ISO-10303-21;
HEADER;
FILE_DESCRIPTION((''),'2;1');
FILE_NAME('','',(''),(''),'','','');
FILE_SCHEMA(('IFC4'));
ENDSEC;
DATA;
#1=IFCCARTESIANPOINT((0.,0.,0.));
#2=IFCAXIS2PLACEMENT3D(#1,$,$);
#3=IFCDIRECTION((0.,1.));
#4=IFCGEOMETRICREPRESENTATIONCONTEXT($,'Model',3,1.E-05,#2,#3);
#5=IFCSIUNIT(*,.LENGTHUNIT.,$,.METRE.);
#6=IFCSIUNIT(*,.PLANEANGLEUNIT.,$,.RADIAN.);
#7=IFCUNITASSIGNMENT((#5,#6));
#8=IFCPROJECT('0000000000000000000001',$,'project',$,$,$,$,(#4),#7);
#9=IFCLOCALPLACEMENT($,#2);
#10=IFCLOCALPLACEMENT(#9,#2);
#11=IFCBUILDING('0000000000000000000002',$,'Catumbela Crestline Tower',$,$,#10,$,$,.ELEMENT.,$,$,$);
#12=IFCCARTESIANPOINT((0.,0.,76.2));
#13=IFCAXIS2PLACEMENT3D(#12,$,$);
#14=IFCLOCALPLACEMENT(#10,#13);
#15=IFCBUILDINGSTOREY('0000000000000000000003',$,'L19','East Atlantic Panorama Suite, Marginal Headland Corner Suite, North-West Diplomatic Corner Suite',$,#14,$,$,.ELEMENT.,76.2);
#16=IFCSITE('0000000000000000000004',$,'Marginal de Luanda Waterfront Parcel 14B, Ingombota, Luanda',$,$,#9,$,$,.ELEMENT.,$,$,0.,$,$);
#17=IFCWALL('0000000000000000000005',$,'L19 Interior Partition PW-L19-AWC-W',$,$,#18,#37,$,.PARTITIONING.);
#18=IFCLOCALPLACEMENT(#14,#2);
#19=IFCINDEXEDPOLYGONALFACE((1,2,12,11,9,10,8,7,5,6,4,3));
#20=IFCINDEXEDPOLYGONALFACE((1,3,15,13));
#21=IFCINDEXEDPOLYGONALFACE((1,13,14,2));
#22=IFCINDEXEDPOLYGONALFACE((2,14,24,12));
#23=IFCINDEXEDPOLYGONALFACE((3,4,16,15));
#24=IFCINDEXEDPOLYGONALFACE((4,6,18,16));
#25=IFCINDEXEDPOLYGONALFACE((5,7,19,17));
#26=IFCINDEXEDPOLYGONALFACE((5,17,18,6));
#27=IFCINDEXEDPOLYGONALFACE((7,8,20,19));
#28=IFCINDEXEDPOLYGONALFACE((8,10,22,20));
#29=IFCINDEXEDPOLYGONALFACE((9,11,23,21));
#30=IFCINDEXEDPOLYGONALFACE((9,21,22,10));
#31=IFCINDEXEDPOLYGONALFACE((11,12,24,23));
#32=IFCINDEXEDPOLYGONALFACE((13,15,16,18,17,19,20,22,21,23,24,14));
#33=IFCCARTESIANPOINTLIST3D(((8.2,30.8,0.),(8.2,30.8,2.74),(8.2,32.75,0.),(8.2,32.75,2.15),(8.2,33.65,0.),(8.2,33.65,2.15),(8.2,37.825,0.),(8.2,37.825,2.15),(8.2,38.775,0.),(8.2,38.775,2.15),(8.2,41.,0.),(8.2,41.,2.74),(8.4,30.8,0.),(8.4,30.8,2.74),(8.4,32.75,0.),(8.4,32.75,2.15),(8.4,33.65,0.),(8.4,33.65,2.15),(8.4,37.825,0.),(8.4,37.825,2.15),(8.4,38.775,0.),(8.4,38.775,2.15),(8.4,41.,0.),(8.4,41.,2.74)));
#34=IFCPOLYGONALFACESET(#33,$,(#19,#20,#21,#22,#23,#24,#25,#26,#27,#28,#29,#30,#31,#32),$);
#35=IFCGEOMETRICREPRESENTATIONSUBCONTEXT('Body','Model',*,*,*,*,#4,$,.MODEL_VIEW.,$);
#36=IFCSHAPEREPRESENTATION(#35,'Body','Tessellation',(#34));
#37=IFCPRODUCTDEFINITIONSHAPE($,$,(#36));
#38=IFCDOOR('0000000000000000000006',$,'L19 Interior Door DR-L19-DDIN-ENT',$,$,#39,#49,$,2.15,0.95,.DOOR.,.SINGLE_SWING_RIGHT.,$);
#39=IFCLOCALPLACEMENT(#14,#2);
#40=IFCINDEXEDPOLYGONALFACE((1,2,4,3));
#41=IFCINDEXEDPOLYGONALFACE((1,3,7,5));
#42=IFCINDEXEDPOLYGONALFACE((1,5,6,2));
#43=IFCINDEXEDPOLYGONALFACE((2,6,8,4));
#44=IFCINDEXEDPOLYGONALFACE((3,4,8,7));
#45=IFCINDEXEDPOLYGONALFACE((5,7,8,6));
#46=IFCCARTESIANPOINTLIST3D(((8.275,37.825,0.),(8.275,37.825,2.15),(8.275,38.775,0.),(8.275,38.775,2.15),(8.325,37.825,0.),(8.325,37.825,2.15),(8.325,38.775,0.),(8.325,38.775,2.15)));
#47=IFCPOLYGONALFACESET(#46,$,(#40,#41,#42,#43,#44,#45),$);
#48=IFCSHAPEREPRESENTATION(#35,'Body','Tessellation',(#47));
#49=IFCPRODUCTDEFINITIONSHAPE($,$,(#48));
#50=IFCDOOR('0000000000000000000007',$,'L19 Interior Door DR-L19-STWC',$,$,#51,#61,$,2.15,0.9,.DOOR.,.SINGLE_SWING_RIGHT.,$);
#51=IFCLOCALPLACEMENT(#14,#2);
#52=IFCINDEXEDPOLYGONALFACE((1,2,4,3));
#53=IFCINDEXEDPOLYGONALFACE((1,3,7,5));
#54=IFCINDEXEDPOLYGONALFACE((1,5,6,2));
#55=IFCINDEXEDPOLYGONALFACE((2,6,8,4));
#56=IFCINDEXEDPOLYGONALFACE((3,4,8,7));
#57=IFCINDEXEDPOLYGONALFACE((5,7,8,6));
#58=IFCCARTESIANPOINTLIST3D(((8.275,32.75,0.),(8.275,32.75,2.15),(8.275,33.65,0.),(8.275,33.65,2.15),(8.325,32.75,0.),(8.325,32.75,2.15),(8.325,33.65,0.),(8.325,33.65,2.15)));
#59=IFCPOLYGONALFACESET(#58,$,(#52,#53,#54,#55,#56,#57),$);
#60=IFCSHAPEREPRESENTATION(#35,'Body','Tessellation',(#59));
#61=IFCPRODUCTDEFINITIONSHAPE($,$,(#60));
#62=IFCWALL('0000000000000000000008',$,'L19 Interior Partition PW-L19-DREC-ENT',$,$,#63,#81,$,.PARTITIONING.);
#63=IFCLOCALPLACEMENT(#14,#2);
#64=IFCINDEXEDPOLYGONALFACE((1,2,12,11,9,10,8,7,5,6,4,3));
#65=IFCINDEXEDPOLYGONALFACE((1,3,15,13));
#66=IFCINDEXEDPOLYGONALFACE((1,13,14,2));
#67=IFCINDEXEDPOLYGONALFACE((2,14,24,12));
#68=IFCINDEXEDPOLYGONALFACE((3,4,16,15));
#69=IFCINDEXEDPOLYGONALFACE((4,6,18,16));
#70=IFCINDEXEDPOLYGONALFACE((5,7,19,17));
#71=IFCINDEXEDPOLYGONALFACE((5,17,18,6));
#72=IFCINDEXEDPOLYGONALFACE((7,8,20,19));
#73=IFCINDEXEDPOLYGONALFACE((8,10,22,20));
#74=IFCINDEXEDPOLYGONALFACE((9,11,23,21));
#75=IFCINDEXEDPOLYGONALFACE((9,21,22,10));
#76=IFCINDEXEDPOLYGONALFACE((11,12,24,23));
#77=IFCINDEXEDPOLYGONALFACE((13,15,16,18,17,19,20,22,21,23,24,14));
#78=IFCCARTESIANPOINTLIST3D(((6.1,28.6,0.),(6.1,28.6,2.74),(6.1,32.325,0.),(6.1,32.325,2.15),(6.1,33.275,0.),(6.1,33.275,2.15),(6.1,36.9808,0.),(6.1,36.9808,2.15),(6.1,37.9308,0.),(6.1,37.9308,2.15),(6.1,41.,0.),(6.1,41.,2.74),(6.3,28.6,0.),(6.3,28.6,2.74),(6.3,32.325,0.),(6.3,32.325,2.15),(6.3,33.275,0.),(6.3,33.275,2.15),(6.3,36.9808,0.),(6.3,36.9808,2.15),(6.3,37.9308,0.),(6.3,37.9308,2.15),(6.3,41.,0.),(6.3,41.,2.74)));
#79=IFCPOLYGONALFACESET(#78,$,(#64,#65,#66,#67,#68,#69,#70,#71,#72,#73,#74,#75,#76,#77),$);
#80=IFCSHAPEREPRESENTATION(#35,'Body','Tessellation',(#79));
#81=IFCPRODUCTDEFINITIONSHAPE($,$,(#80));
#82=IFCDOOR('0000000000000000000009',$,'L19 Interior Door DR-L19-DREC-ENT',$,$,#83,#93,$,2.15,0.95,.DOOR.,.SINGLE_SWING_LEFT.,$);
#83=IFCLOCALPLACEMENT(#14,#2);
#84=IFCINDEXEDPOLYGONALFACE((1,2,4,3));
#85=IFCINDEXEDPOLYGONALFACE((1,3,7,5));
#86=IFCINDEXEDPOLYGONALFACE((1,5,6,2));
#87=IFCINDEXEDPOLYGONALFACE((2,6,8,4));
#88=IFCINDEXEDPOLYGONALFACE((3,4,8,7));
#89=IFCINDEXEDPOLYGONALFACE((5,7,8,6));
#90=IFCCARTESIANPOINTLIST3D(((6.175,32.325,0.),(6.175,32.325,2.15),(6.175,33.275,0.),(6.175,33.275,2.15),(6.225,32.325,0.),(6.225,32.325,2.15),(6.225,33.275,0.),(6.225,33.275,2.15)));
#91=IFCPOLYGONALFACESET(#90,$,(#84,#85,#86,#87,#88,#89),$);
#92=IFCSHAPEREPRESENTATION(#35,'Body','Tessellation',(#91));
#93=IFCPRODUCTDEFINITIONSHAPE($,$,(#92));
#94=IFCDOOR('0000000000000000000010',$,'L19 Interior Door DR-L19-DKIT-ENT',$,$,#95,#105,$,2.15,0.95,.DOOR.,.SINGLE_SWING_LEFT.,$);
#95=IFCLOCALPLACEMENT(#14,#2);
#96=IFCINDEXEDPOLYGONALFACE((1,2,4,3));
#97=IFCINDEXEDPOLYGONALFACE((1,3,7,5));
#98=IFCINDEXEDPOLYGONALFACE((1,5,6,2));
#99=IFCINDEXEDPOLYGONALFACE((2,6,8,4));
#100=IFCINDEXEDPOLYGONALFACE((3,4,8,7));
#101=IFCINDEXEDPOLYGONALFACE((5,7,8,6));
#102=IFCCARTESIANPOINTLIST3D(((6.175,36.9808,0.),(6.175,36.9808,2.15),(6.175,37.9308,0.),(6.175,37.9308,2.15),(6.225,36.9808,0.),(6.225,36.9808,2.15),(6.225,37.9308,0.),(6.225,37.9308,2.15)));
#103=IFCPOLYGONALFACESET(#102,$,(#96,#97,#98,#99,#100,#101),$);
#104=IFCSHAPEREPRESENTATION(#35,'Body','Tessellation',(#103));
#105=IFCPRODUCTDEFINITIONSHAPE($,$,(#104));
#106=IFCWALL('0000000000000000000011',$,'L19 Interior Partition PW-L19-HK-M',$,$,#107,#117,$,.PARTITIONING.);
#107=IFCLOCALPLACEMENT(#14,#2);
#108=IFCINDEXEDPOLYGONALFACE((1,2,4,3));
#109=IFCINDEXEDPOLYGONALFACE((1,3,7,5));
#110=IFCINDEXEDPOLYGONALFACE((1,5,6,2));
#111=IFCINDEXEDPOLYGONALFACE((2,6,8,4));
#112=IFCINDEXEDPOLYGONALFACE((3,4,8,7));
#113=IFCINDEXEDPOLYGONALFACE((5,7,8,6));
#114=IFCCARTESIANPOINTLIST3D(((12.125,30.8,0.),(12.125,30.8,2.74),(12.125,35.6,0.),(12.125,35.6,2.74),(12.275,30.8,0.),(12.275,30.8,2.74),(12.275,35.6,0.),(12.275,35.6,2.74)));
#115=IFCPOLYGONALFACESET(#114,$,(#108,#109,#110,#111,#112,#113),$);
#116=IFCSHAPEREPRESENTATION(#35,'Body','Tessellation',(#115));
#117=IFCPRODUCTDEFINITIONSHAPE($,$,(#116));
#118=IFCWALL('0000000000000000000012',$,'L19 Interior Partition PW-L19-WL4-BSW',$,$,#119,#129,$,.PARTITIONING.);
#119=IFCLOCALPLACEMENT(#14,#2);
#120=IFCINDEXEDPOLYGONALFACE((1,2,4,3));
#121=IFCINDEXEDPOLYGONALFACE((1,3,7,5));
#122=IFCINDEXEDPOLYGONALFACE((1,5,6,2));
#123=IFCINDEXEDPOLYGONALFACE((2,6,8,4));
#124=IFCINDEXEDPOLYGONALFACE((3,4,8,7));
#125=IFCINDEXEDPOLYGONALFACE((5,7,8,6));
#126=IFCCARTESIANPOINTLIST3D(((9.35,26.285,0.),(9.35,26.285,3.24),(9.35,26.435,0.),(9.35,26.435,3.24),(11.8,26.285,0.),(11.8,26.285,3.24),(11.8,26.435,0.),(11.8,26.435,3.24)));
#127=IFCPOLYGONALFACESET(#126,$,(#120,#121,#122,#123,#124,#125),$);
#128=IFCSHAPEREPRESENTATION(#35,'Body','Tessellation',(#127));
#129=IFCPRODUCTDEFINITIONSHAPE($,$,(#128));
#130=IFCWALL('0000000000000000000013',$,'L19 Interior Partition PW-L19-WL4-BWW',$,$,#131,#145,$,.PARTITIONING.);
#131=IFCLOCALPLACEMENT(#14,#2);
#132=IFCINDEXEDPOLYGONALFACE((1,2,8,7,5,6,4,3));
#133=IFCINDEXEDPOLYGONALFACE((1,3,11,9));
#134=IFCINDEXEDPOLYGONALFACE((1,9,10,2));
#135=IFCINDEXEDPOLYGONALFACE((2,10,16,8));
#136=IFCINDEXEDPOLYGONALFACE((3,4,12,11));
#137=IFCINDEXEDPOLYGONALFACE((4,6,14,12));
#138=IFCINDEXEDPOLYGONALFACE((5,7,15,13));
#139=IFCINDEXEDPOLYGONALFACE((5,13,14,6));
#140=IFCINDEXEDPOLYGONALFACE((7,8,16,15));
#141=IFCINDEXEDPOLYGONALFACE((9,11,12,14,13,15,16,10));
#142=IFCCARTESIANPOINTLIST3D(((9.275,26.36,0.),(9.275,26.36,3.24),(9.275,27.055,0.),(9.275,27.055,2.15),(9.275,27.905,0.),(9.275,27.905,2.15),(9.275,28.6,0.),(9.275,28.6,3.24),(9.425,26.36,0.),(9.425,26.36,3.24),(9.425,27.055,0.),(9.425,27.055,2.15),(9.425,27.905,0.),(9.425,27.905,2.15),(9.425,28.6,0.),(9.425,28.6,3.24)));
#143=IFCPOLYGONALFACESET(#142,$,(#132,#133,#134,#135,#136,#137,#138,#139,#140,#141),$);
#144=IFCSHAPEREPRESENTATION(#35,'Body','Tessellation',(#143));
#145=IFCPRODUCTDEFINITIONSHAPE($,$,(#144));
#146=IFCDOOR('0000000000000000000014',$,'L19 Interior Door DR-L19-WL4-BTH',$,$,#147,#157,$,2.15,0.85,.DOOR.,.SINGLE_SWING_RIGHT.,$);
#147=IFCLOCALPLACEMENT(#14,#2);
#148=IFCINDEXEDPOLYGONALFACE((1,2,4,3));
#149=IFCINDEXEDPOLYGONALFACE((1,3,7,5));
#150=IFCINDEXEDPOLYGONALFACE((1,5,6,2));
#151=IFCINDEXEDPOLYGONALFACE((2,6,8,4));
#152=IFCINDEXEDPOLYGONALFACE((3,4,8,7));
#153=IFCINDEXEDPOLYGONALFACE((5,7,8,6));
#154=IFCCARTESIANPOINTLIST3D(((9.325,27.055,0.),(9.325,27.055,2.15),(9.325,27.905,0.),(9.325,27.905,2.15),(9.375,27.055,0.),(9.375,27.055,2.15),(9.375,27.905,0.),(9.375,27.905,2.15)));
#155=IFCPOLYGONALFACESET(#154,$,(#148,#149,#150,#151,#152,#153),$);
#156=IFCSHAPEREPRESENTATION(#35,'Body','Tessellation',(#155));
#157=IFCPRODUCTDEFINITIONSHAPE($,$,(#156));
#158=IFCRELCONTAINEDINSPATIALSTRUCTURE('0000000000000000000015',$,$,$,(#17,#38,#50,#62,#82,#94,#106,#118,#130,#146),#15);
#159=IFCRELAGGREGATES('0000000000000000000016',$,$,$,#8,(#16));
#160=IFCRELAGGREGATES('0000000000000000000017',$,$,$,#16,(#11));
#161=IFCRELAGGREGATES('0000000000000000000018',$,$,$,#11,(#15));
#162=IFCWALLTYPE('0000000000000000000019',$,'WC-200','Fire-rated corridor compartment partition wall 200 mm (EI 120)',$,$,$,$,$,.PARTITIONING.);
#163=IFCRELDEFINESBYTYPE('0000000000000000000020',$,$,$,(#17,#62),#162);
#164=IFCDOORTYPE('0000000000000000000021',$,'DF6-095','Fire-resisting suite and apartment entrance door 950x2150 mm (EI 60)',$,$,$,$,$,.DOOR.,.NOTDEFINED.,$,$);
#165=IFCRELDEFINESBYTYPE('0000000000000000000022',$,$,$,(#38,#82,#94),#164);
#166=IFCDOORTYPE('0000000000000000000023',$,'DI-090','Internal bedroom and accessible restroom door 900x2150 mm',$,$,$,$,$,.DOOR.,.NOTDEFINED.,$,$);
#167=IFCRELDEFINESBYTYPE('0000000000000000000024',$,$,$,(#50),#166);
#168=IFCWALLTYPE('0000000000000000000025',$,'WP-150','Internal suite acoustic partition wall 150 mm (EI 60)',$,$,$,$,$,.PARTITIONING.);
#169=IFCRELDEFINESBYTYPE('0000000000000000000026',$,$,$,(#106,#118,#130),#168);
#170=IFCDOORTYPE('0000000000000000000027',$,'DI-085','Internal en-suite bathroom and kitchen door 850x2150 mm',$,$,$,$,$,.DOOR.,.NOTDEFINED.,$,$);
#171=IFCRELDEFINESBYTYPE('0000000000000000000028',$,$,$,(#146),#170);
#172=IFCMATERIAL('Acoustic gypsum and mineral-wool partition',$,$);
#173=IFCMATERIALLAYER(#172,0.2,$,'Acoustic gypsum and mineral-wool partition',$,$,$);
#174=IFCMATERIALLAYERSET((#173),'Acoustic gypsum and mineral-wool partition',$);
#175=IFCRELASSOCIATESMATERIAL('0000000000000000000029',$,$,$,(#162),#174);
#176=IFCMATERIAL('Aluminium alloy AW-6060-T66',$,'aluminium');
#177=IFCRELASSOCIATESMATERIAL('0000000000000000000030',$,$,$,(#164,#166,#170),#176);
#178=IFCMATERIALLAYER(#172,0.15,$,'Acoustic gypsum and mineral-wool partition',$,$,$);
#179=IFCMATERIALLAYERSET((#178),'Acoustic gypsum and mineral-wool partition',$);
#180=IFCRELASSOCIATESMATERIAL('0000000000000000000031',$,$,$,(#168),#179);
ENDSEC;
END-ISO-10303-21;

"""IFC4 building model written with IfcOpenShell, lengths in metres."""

from ifc_helpers import new_model, si_unit, direction, frame, frame_2d, origin, place, context, subcontext, project, spatial, rectangle, extrude, material, layer, layer_set, type_object, element, fill, save


model = new_model("IFC4")

# Units and contexts
model_context = context("Model", 3, precision=1e-05, world=origin(), true_north=direction((0.0, 1.0)))
body_context = subcontext(model_context, "Body", "Model", "MODEL_VIEW")
ifc_project = project(units=[si_unit("LENGTHUNIT", "METRE"), si_unit("PLANEANGLEUNIT", "RADIAN")], contexts=[model_context])

# Site, building, storey
site_placement = place(None, origin())
site = spatial("IfcSite", under=ifc_project, at=site_placement, Name="Marginal de Luanda Waterfront Parcel 14B, Ingombota, Luanda", CompositionType="ELEMENT", RefElevation=0.0)
building_placement = place(site_placement, origin())
building = spatial("IfcBuilding", under=site, at=building_placement, Name="Catumbela Crestline Tower", CompositionType="ELEMENT")
storey_placement = place(building_placement, frame((0.0, 0.0, 76.2)))
storey = spatial("IfcBuildingStorey", under=building, at=storey_placement, Name="L19", Description="East Atlantic Panorama Suite, Marginal Headland Corner Suite, North-West Diplomatic Corner Suite", CompositionType="ELEMENT", Elevation=76.2)

# Shared definitions
ifc_material_1 = material(Name="Acoustic gypsum and mineral-wool partition")
ifc_layer_1 = layer(ifc_material_1, 0.2, Name="Acoustic gypsum and mineral-wool partition")
ifc_layer_set_1 = layer_set([ifc_layer_1], Name="Acoustic gypsum and mineral-wool partition")
wall_type_1 = type_object("IfcWallType", Name="WC-200", Description="Fire-rated corridor compartment partition wall 200 mm (EI 120)", PredefinedType="PARTITIONING", material=ifc_layer_set_1)
ifc_material_2 = material(Name="Aluminium alloy AW-6060-T66", Category="aluminium")
door_type_1 = type_object("IfcDoorType", Name="DF6-095", Description="Fire-resisting suite and apartment entrance door 950x2150 mm (EI 60)", OperationType="NOTDEFINED", PredefinedType="DOOR", material=ifc_material_2)

# Walls, openings, doors
wall_1_placement = place(storey_placement, frame((8.3, 30.8, 0.0), z_axis=(0.0, 0.0, 1.0), x_axis=(0.0, 1.0, 0.0)))
wall_1 = element("IfcWall", 1, at=wall_1_placement, inside=storey, type_object=wall_type_1, Name="L19 Interior Partition PW-L19-AWC-W", PredefinedType="PARTITIONING", context=body_context, shape_type="SweptSolid", body=[
    extrude(rectangle(XDim=10.2, YDim=0.2, at=frame_2d((5.1, 0.0))), origin(), (0.0, 0.0, 1.0), 2.74),
])
opening_1_placement = place(wall_1_placement, frame((1.95, 0.0, 0.0)))
opening_1 = element("IfcOpeningElement", 2, at=opening_1_placement, cuts=wall_1, PredefinedType="OPENING", context=body_context, shape_type="SweptSolid", body=[
    extrude(rectangle(XDim=0.9, YDim=2.15, at=frame_2d((0.45, 1.075))), frame((0.0, 0.11, 0.0), z_axis=(0.0, -1.0, 0.0), x_axis=(1.0, 0.0, 0.0)), (0.0, 0.0, 1.0), 0.22),
])
opening_2_placement = place(wall_1_placement, frame((7.025, 0.0, 0.0)))
opening_2 = element("IfcOpeningElement", 3, at=opening_2_placement, cuts=wall_1, PredefinedType="OPENING", context=body_context, shape_type="SweptSolid", body=[
    extrude(rectangle(XDim=0.95, YDim=2.15, at=frame_2d((0.475, 1.075))), frame((0.0, 0.11, 0.0), z_axis=(0.0, -1.0, 0.0), x_axis=(1.0, 0.0, 0.0)), (0.0, 0.0, 1.0), 0.22),
])
door_1_placement = place(opening_2_placement, origin())
door_1 = element("IfcDoor", 4, at=door_1_placement, inside=storey, type_object=door_type_1, Name="L19 Interior Door DR-L19-DDIN-ENT", OperationType="SINGLE_SWING_RIGHT", OverallHeight=2.15, OverallWidth=0.95, PredefinedType="DOOR", context=body_context, shape_type="SweptSolid", body=[
    extrude(rectangle(XDim=0.95, YDim=2.15, at=frame_2d((0.475, 1.075))), frame((0.0, 0.025, 0.0), z_axis=(0.0, -1.0, 0.0), x_axis=(1.0, 0.0, 0.0)), (0.0, 0.0, 1.0), 0.05),
])
fill(opening_2, door_1)
door_type_2 = type_object("IfcDoorType", Name="DI-090", Description="Internal bedroom and accessible restroom door 900x2150 mm", OperationType="NOTDEFINED", PredefinedType="DOOR", material=ifc_material_2)
door_2_placement = place(opening_1_placement, origin())
door_2 = element("IfcDoor", 5, at=door_2_placement, inside=storey, type_object=door_type_2, Name="L19 Interior Door DR-L19-STWC", OperationType="SINGLE_SWING_RIGHT", OverallHeight=2.15, OverallWidth=0.9, PredefinedType="DOOR", context=body_context, shape_type="SweptSolid", body=[
    extrude(rectangle(XDim=0.9, YDim=2.15, at=frame_2d((0.45, 1.075))), frame((0.0, 0.025, 0.0), z_axis=(0.0, -1.0, 0.0), x_axis=(1.0, 0.0, 0.0)), (0.0, 0.0, 1.0), 0.05),
])
fill(opening_1, door_2)
wall_2_placement = place(storey_placement, frame((6.2, 28.6, 0.0), z_axis=(0.0, 0.0, 1.0), x_axis=(0.0, 1.0, 0.0)))
wall_2 = element("IfcWall", 6, at=wall_2_placement, inside=storey, type_object=wall_type_1, Name="L19 Interior Partition PW-L19-DREC-ENT", PredefinedType="PARTITIONING", context=body_context, shape_type="SweptSolid", body=[
    extrude(rectangle(XDim=12.4, YDim=0.2, at=frame_2d((6.2, 0.0))), origin(), (0.0, 0.0, 1.0), 2.74),
])
opening_3_placement = place(wall_2_placement, frame((3.725, 0.0, 0.0)))
opening_3 = element("IfcOpeningElement", 7, at=opening_3_placement, cuts=wall_2, PredefinedType="OPENING", context=body_context, shape_type="SweptSolid", body=[
    extrude(rectangle(XDim=0.95, YDim=2.15, at=frame_2d((0.475, 1.075))), frame((0.0, 0.11, 0.0), z_axis=(0.0, -1.0, 0.0), x_axis=(1.0, 0.0, 0.0)), (0.0, 0.0, 1.0), 0.22),
])
opening_4_placement = place(wall_2_placement, frame((8.3808, 0.0, 0.0)))
opening_4 = element("IfcOpeningElement", 8, at=opening_4_placement, cuts=wall_2, PredefinedType="OPENING", context=body_context, shape_type="SweptSolid", body=[
    extrude(rectangle(XDim=0.95, YDim=2.15, at=frame_2d((0.475, 1.075))), frame((0.0, 0.11, 0.0), z_axis=(0.0, -1.0, 0.0), x_axis=(1.0, 0.0, 0.0)), (0.0, 0.0, 1.0), 0.22),
])
door_3_placement = place(opening_3_placement, origin())
door_3 = element("IfcDoor", 9, at=door_3_placement, inside=storey, type_object=door_type_1, Name="L19 Interior Door DR-L19-DREC-ENT", OperationType="SINGLE_SWING_LEFT", OverallHeight=2.15, OverallWidth=0.95, PredefinedType="DOOR", context=body_context, shape_type="SweptSolid", body=[
    extrude(rectangle(XDim=0.95, YDim=2.15, at=frame_2d((0.475, 1.075))), frame((0.0, 0.025, 0.0), z_axis=(0.0, -1.0, 0.0), x_axis=(1.0, 0.0, 0.0)), (0.0, 0.0, 1.0), 0.05),
])
fill(opening_3, door_3)
door_4_placement = place(opening_4_placement, origin())
door_4 = element("IfcDoor", 10, at=door_4_placement, inside=storey, type_object=door_type_1, Name="L19 Interior Door DR-L19-DKIT-ENT", OperationType="SINGLE_SWING_LEFT", OverallHeight=2.15, OverallWidth=0.95, PredefinedType="DOOR", context=body_context, shape_type="SweptSolid", body=[
    extrude(rectangle(XDim=0.95, YDim=2.15, at=frame_2d((0.475, 1.075))), frame((0.0, 0.025, 0.0), z_axis=(0.0, -1.0, 0.0), x_axis=(1.0, 0.0, 0.0)), (0.0, 0.0, 1.0), 0.05),
])
fill(opening_4, door_4)

# Walls
ifc_layer_2 = layer(ifc_material_1, 0.15, Name="Acoustic gypsum and mineral-wool partition")
ifc_layer_set_2 = layer_set([ifc_layer_2], Name="Acoustic gypsum and mineral-wool partition")
wall_type_2 = type_object("IfcWallType", Name="WP-150", Description="Internal suite acoustic partition wall 150 mm (EI 60)", PredefinedType="PARTITIONING", material=ifc_layer_set_2)
wall_3_placement = place(storey_placement, frame((12.2, 30.8, 0.0), z_axis=(0.0, 0.0, 1.0), x_axis=(0.0, 1.0, 0.0)))
element("IfcWall", 11, at=wall_3_placement, inside=storey, type_object=wall_type_2, Name="L19 Interior Partition PW-L19-HK-M", PredefinedType="PARTITIONING", context=body_context, shape_type="SweptSolid", body=[
    extrude(rectangle(XDim=4.8, YDim=0.15, at=frame_2d((2.4, 0.0))), origin(), (0.0, 0.0, 1.0), 2.74),
])
wall_4_placement = place(storey_placement, frame((9.35, 26.36, 0.0), z_axis=(0.0, 0.0, 1.0), x_axis=(1.0, 0.0, 0.0)))
element("IfcWall", 12, at=wall_4_placement, inside=storey, type_object=wall_type_2, Name="L19 Interior Partition PW-L19-WL4-BSW", PredefinedType="PARTITIONING", context=body_context, shape_type="SweptSolid", body=[
    extrude(rectangle(XDim=2.45, YDim=0.15, at=frame_2d((1.225, 0.0))), origin(), (0.0, 0.0, 1.0), 3.24),
])

# Wall, opening, door
wall_5_placement = place(storey_placement, frame((9.35, 26.36, 0.0), z_axis=(0.0, 0.0, 1.0), x_axis=(0.0, 1.0, 0.0)))
wall_5 = element("IfcWall", 13, at=wall_5_placement, inside=storey, type_object=wall_type_2, Name="L19 Interior Partition PW-L19-WL4-BWW", PredefinedType="PARTITIONING", context=body_context, shape_type="SweptSolid", body=[
    extrude(rectangle(XDim=2.24, YDim=0.15, at=frame_2d((1.12, 0.0))), origin(), (0.0, 0.0, 1.0), 3.24),
])
opening_5_placement = place(wall_5_placement, frame((0.695, 0.0, 0.0)))
opening_5 = element("IfcOpeningElement", 14, at=opening_5_placement, cuts=wall_5, PredefinedType="OPENING", context=body_context, shape_type="SweptSolid", body=[
    extrude(rectangle(XDim=0.85, YDim=2.15, at=frame_2d((0.425, 1.075))), frame((0.0, 0.085, 0.0), z_axis=(0.0, -1.0, 0.0), x_axis=(1.0, 0.0, 0.0)), (0.0, 0.0, 1.0), 0.17),
])
door_type_3 = type_object("IfcDoorType", Name="DI-085", Description="Internal en-suite bathroom and kitchen door 850x2150 mm", OperationType="NOTDEFINED", PredefinedType="DOOR", material=ifc_material_2)
door_5_placement = place(opening_5_placement, origin())
door_5 = element("IfcDoor", 15, at=door_5_placement, inside=storey, type_object=door_type_3, Name="L19 Interior Door DR-L19-WL4-BTH", OperationType="SINGLE_SWING_RIGHT", OverallHeight=2.15, OverallWidth=0.85, PredefinedType="DOOR", context=body_context, shape_type="SweptSolid", body=[
    extrude(rectangle(XDim=0.85, YDim=2.15, at=frame_2d((0.425, 1.075))), frame((0.0, 0.025, 0.0), z_axis=(0.0, -1.0, 0.0), x_axis=(1.0, 0.0, 0.0)), (0.0, 0.0, 1.0), 0.05),
])
fill(opening_5, door_5)

save(model, "model.ifc")
